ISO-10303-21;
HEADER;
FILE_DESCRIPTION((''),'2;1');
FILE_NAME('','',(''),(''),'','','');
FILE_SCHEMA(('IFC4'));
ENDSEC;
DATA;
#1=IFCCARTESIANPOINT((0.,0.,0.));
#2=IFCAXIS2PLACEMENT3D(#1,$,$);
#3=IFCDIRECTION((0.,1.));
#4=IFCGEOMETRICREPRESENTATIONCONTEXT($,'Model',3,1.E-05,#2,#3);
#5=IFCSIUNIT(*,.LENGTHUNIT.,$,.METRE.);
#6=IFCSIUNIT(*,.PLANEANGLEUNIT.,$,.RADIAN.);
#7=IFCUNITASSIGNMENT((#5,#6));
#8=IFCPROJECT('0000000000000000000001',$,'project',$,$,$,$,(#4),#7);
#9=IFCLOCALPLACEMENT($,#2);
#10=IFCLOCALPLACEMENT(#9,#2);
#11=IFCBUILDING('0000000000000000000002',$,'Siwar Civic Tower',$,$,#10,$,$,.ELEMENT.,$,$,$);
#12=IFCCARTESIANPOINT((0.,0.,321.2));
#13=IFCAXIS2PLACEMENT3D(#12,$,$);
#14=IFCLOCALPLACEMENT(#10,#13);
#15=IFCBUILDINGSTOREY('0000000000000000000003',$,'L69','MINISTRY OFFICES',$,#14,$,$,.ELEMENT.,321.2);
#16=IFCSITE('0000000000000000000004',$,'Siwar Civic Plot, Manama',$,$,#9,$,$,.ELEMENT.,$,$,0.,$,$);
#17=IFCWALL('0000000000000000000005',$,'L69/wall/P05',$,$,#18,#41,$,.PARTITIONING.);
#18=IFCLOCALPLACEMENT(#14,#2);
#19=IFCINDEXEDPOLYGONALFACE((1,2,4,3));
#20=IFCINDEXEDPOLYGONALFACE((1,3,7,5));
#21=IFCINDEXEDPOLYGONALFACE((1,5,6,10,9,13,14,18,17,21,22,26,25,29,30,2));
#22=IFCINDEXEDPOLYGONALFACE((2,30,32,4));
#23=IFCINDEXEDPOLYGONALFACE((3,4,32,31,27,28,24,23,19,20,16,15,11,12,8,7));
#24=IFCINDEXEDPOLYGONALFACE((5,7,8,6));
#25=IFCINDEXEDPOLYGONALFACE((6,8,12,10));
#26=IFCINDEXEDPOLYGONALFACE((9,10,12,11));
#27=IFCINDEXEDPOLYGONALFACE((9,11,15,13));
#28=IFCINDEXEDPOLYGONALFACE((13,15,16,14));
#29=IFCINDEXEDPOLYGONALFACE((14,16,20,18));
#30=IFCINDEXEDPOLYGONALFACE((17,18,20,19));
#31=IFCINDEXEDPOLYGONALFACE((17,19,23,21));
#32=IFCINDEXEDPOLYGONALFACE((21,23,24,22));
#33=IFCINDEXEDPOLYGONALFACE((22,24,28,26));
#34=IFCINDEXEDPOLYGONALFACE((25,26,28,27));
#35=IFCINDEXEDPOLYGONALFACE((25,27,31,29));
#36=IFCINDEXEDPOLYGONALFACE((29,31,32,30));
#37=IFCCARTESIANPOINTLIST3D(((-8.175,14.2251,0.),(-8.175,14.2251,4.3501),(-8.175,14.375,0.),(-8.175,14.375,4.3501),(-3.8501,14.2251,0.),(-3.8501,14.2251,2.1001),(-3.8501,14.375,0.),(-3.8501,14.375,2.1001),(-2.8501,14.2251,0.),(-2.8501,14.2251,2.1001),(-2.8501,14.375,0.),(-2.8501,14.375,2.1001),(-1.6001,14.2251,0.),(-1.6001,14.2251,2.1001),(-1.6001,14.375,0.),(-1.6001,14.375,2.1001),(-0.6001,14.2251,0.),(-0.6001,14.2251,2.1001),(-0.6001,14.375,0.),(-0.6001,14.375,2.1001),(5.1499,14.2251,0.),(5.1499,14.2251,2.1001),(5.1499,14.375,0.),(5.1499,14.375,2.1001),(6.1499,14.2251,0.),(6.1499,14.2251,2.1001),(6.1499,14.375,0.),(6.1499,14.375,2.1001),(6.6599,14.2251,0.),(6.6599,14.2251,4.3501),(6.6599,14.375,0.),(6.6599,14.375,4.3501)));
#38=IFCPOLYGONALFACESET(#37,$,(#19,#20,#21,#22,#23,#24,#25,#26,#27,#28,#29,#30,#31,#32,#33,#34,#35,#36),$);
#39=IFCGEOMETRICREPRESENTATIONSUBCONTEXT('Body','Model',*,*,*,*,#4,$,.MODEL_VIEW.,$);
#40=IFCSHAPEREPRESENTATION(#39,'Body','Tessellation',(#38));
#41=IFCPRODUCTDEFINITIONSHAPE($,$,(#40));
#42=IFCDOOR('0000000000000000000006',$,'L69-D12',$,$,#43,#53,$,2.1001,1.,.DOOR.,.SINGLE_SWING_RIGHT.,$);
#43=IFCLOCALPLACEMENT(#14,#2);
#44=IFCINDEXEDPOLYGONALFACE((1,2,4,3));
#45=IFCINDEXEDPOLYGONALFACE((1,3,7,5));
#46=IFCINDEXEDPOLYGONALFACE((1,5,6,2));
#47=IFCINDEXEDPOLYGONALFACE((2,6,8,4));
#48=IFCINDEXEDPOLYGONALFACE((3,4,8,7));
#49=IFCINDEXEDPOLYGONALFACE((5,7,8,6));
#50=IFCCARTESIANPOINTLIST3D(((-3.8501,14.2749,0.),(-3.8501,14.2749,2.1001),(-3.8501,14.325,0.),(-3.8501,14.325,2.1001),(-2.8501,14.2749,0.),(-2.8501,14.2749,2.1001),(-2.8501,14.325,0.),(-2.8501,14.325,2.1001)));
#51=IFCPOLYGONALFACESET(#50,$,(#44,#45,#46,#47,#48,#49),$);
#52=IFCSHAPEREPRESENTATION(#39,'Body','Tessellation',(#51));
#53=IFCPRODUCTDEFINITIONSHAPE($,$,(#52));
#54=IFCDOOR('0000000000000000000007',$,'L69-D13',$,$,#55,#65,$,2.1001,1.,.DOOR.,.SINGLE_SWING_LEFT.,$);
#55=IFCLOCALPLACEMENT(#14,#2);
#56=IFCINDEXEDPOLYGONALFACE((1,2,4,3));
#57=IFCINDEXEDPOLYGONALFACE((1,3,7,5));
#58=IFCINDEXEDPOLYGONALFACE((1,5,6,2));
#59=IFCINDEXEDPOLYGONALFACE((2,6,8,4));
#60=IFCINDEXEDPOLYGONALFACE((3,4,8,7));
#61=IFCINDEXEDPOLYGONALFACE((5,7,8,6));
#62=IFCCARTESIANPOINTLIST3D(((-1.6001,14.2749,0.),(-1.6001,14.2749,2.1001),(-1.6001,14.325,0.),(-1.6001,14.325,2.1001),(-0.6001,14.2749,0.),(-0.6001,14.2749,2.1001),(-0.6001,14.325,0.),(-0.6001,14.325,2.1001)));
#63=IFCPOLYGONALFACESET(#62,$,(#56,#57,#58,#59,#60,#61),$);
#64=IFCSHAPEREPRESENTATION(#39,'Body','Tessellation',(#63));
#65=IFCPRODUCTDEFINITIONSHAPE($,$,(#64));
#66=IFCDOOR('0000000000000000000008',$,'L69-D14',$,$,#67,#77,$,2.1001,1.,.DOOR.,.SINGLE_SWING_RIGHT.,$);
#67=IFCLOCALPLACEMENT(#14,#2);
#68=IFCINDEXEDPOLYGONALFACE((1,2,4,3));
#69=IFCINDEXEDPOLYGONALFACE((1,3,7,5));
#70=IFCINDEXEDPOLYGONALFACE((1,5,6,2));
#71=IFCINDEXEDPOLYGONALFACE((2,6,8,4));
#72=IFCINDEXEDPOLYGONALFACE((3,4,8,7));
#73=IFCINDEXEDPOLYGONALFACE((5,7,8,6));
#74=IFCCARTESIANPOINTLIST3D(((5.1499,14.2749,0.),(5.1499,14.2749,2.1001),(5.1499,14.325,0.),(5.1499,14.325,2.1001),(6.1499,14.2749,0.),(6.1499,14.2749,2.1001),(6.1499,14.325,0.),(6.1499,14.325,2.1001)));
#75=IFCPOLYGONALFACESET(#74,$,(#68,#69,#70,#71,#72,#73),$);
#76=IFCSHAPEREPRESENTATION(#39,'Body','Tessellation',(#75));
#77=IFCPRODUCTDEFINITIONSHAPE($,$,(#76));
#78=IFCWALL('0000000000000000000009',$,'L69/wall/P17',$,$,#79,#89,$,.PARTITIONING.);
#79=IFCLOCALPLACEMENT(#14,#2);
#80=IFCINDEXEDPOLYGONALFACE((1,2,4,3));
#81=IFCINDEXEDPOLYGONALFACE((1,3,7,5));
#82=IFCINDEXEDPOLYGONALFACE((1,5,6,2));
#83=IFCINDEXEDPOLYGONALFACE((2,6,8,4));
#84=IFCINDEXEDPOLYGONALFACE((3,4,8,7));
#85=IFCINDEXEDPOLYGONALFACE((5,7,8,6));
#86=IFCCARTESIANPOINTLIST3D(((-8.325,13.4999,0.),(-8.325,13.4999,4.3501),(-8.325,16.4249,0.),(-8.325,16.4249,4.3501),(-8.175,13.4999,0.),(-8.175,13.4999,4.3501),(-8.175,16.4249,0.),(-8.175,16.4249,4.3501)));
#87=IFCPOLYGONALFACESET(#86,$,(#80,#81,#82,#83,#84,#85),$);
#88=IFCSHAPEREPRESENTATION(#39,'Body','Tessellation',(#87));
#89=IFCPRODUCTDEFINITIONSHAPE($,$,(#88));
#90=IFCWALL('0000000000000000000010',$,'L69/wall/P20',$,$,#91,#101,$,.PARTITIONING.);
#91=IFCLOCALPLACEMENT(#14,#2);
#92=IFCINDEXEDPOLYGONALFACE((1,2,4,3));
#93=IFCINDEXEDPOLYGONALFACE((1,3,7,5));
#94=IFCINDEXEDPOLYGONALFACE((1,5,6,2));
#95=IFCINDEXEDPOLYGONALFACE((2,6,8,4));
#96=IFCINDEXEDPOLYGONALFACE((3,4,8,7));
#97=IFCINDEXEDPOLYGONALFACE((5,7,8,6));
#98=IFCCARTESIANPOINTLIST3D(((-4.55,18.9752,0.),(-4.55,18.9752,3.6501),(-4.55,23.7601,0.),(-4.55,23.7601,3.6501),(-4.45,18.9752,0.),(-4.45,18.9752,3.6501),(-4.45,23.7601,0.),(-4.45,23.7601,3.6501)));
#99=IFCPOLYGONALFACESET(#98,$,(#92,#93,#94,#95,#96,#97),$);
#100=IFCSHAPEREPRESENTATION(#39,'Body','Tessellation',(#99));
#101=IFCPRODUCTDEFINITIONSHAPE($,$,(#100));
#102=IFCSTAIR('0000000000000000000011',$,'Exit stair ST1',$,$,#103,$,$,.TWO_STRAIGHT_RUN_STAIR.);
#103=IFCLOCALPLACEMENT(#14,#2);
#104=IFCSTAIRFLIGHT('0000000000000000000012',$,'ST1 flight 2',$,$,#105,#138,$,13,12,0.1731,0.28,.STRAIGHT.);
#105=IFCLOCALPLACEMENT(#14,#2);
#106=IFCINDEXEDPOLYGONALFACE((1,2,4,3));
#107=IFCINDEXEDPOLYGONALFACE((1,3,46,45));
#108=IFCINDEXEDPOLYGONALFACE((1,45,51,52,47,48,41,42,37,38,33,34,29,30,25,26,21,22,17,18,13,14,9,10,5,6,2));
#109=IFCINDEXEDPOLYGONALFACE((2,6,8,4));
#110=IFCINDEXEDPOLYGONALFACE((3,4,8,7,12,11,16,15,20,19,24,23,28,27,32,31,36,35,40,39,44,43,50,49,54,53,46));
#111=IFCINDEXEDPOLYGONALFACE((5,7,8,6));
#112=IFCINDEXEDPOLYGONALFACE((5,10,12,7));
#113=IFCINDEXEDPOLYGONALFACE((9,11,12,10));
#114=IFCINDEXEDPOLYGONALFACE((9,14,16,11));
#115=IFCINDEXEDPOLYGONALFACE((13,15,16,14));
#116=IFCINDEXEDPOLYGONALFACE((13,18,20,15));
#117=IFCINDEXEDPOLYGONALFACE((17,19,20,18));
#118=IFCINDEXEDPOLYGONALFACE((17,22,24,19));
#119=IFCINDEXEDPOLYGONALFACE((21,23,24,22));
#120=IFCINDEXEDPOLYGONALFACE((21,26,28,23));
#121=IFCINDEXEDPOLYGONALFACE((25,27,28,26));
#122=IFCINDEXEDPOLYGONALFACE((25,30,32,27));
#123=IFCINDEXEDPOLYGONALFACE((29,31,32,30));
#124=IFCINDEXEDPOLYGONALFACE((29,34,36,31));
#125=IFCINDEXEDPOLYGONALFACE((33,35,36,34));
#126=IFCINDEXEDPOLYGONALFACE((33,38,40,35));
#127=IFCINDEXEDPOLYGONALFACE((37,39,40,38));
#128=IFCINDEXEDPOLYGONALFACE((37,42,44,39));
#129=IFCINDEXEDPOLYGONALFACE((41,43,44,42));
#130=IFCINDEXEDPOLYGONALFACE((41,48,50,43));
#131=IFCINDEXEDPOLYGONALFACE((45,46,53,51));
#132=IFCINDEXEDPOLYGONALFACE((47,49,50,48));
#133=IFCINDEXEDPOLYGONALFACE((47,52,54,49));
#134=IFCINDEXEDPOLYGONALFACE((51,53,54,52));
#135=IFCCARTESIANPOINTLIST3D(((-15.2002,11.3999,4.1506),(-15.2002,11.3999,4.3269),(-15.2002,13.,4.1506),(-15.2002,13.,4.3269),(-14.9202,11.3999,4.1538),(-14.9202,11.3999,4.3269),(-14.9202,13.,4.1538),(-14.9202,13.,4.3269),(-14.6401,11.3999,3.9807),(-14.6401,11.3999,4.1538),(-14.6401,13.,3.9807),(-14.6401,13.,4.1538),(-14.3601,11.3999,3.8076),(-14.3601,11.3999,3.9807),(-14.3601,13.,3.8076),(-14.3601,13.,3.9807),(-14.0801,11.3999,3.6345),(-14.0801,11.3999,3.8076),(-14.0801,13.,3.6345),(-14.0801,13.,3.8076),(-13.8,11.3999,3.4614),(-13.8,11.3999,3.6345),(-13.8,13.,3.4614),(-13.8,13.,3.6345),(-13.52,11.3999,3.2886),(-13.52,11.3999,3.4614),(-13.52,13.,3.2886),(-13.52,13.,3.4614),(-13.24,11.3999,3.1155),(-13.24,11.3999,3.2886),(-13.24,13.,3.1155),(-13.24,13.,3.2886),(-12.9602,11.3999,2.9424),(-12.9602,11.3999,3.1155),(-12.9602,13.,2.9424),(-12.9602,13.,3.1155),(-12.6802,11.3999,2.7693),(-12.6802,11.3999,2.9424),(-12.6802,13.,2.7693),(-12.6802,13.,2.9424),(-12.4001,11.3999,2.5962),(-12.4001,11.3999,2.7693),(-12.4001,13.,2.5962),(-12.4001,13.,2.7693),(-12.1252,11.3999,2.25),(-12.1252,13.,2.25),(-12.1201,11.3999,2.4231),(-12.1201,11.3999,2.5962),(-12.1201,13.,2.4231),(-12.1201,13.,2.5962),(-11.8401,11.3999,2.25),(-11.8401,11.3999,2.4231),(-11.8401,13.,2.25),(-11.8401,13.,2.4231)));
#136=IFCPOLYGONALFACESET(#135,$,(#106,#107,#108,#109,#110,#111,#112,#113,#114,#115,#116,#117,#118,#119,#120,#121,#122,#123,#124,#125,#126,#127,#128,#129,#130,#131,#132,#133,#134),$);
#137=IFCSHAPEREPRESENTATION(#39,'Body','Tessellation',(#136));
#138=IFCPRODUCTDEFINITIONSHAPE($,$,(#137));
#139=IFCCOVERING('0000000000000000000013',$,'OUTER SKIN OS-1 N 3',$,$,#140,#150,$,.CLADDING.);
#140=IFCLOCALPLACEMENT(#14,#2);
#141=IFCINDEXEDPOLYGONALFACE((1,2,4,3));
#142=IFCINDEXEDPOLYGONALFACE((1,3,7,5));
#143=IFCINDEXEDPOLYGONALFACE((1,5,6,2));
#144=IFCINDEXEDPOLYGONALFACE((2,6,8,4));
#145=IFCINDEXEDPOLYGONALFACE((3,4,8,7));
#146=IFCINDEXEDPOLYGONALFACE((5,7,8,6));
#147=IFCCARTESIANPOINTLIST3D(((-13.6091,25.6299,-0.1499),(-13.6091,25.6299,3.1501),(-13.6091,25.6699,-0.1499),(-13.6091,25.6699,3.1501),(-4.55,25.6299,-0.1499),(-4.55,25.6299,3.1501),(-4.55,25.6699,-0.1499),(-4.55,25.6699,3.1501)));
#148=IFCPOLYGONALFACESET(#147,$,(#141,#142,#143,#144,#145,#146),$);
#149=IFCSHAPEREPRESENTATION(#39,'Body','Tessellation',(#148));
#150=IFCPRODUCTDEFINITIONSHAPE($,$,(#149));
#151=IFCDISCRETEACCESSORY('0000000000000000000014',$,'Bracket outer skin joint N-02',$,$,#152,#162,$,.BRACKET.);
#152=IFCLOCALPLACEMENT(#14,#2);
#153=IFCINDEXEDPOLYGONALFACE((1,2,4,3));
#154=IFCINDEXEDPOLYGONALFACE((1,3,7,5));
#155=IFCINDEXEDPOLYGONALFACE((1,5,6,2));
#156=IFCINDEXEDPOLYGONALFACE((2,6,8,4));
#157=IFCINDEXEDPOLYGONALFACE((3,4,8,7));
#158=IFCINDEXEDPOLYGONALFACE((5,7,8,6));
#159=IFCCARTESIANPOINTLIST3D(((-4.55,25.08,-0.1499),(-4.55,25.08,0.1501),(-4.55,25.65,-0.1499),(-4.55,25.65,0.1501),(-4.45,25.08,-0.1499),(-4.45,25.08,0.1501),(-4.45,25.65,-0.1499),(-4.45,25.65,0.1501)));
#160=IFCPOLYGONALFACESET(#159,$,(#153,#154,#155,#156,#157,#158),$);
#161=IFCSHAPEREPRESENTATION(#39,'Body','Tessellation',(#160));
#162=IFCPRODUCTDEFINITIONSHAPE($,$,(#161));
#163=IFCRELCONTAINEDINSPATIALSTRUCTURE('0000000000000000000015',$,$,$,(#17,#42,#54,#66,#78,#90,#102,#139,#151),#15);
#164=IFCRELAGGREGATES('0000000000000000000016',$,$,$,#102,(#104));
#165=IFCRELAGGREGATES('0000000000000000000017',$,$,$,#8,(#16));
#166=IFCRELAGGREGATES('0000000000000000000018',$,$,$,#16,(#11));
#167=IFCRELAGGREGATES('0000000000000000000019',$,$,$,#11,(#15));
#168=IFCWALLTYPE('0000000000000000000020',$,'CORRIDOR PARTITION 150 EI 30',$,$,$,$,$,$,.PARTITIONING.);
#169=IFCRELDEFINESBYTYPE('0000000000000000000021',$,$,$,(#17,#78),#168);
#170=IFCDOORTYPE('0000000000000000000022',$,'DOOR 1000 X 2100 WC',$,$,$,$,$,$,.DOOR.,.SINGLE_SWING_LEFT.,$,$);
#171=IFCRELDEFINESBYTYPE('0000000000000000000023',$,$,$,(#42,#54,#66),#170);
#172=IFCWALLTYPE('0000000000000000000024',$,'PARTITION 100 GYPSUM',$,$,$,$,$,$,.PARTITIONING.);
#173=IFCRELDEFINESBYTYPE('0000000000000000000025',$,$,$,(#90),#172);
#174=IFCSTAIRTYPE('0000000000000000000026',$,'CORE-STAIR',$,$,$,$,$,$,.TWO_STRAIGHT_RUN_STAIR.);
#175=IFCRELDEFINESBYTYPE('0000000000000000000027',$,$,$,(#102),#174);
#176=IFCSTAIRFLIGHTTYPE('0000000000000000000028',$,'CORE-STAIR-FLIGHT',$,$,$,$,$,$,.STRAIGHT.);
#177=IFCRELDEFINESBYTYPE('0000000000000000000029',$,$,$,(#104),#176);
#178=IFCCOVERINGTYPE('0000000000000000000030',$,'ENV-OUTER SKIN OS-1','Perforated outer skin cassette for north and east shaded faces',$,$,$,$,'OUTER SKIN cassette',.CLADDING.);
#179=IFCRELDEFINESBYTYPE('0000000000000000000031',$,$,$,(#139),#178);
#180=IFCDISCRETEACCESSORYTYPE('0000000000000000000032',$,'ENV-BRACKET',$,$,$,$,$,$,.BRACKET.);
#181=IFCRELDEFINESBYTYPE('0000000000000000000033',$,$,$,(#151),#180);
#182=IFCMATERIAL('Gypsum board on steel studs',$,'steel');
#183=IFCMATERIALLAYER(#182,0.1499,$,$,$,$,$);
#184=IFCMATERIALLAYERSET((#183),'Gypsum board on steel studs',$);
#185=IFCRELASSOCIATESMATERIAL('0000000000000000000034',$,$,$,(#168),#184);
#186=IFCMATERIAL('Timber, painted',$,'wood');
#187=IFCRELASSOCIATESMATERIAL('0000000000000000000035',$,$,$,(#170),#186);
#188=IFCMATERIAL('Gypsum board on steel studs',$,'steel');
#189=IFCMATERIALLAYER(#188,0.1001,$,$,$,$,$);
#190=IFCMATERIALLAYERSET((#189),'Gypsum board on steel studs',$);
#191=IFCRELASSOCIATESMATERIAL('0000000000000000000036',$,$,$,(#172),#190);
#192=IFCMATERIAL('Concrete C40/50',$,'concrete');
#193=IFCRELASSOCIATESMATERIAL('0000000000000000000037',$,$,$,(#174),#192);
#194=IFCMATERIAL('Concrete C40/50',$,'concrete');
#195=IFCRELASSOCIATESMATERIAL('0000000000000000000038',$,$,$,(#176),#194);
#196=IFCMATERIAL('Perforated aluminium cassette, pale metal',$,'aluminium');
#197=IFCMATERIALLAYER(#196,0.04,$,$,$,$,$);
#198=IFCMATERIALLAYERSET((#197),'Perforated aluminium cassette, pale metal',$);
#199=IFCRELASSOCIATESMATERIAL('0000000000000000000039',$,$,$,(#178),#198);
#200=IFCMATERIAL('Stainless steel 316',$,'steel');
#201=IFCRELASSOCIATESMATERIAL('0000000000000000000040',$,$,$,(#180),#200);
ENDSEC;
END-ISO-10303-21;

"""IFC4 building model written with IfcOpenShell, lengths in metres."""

from ifc_helpers import new_model, si_unit, direction, frame, frame_2d, origin, origin_2d, place, context, subcontext, project, spatial, polyline, rectangle, outline, extrude, material, layer, layer_set, type_object, element, fill, aggregate, save


model = new_model("IFC4")

# Units and contexts
model_context = context("Model", 3, precision=1e-05, world=origin(), true_north=direction((0.0, 1.0)))
body_context = subcontext(model_context, "Body", "Model", "MODEL_VIEW")
ifc_project = project(units=[si_unit("LENGTHUNIT", "METRE"), si_unit("PLANEANGLEUNIT", "RADIAN")], contexts=[model_context])

# Site, building, storey
site_placement = place(None, origin())
site = spatial("IfcSite", under=ifc_project, at=site_placement, Name="Siwar Civic Plot, Manama", CompositionType="ELEMENT", RefElevation=0.0)
building_placement = place(site_placement, origin())
building = spatial("IfcBuilding", under=site, at=building_placement, Name="Siwar Civic Tower", CompositionType="ELEMENT")
storey_placement = place(building_placement, frame((0.0, 0.0, 321.2)))
storey = spatial("IfcBuildingStorey", under=building, at=storey_placement, Name="L69", Description="MINISTRY OFFICES", CompositionType="ELEMENT", Elevation=321.2)

# Wall, openings, doors
ifc_material_1 = material(Name="Gypsum board on steel studs", Category="steel")
ifc_layer_1 = layer(ifc_material_1, 0.1499)
ifc_layer_set_1 = layer_set([ifc_layer_1], Name="Gypsum board on steel studs")
wall_type_1 = type_object("IfcWallType", Name="CORRIDOR PARTITION 150 EI 30", PredefinedType="PARTITIONING", material=ifc_layer_set_1)
wall_1_placement = place(storey_placement, frame((-8.175, 14.3, 0.0), z_axis=(0.0, 0.0, 1.0), x_axis=(1.0, 0.0, 0.0)))
wall_1 = element("IfcWall", 1, at=wall_1_placement, inside=storey, type_object=wall_type_1, Name="L69/wall/P05", PredefinedType="PARTITIONING", context=body_context, shape_type="SweptSolid", body=[
    extrude(rectangle(XDim=14.835, YDim=0.1499, at=frame_2d((7.4175, 0.0))), origin(), (0.0, 0.0, 1.0), 4.3501),
])
opening_1_placement = place(wall_1_placement, frame((4.325, 0.0, 0.0)))
opening_1 = element("IfcOpeningElement", 2, at=opening_1_placement, cuts=wall_1, PredefinedType="OPENING", context=body_context, shape_type="SweptSolid", body=[
    extrude(rectangle(XDim=1.0, YDim=2.1001, at=frame_2d((0.5, 1.05))), frame((0.0, 0.085, 0.0), z_axis=(0.0, -1.0, 0.0), x_axis=(1.0, 0.0, 0.0)), (0.0, 0.0, 1.0), 0.1699),
])
opening_2_placement = place(wall_1_placement, frame((6.575, 0.0, 0.0)))
opening_2 = element("IfcOpeningElement", 3, at=opening_2_placement, cuts=wall_1, PredefinedType="OPENING", context=body_context, shape_type="SweptSolid", body=[
    extrude(rectangle(XDim=1.0, YDim=2.1001, at=frame_2d((0.5, 1.05))), frame((0.0, 0.085, 0.0), z_axis=(0.0, -1.0, 0.0), x_axis=(1.0, 0.0, 0.0)), (0.0, 0.0, 1.0), 0.1699),
])
opening_3_placement = place(wall_1_placement, frame((13.325, 0.0, 0.0)))
opening_3 = element("IfcOpeningElement", 4, at=opening_3_placement, cuts=wall_1, PredefinedType="OPENING", context=body_context, shape_type="SweptSolid", body=[
    extrude(rectangle(XDim=1.0, YDim=2.1001, at=frame_2d((0.5, 1.05))), frame((0.0, 0.085, 0.0), z_axis=(0.0, -1.0, 0.0), x_axis=(1.0, 0.0, 0.0)), (0.0, 0.0, 1.0), 0.1699),
])
ifc_material_2 = material(Name="Timber, painted", Category="wood")
door_type = type_object("IfcDoorType", Name="DOOR 1000 X 2100 WC", OperationType="SINGLE_SWING_LEFT", PredefinedType="DOOR", material=ifc_material_2)
door_1_placement = place(opening_1_placement, origin())
door_1 = element("IfcDoor", 5, at=door_1_placement, inside=storey, type_object=door_type, Name="L69-D12", OperationType="SINGLE_SWING_RIGHT", OverallHeight=2.1001, OverallWidth=1.0, PredefinedType="DOOR", context=body_context, shape_type="SweptSolid", body=[
    extrude(rectangle(XDim=1.0, YDim=2.1001, at=frame_2d((0.5, 1.05))), frame((0.0, 0.0249, 0.0), z_axis=(0.0, -1.0, 0.0), x_axis=(1.0, 0.0, 0.0)), (0.0, 0.0, 1.0), 0.05),
])
fill(opening_1, door_1)
door_2_placement = place(opening_2_placement, origin())
door_2 = element("IfcDoor", 6, at=door_2_placement, inside=storey, type_object=door_type, Name="L69-D13", OperationType="SINGLE_SWING_LEFT", OverallHeight=2.1001, OverallWidth=1.0, PredefinedType="DOOR", context=body_context, shape_type="SweptSolid", body=[
    extrude(rectangle(XDim=1.0, YDim=2.1001, at=frame_2d((0.5, 1.05))), frame((0.0, 0.0249, 0.0), z_axis=(0.0, -1.0, 0.0), x_axis=(1.0, 0.0, 0.0)), (0.0, 0.0, 1.0), 0.05),
])
fill(opening_2, door_2)
door_3_placement = place(opening_3_placement, origin())
door_3 = element("IfcDoor", 7, at=door_3_placement, inside=storey, type_object=door_type, Name="L69-D14", OperationType="SINGLE_SWING_RIGHT", OverallHeight=2.1001, OverallWidth=1.0, PredefinedType="DOOR", context=body_context, shape_type="SweptSolid", body=[
    extrude(rectangle(XDim=1.0, YDim=2.1001, at=frame_2d((0.5, 1.05))), frame((0.0, 0.0249, 0.0), z_axis=(0.0, -1.0, 0.0), x_axis=(1.0, 0.0, 0.0)), (0.0, 0.0, 1.0), 0.05),
])
fill(opening_3, door_3)

# Walls
wall_2_placement = place(storey_placement, frame((-8.25, 13.5, 0.0), z_axis=(0.0, 0.0, 1.0), x_axis=(0.0, 1.0, 0.0)))
element("IfcWall", 8, at=wall_2_placement, inside=storey, type_object=wall_type_1, Name="L69/wall/P17", PredefinedType="PARTITIONING", context=body_context, shape_type="SweptSolid", body=[
    extrude(rectangle(XDim=2.925, YDim=0.1499, at=frame_2d((1.4624, 0.0))), origin(), (0.0, 0.0, 1.0), 4.3501),
])
ifc_material_3 = material(Name="Gypsum board on steel studs", Category="steel")
ifc_layer_2 = layer(ifc_material_3, 0.1001)
ifc_layer_set_2 = layer_set([ifc_layer_2], Name="Gypsum board on steel studs")
wall_type_2 = type_object("IfcWallType", Name="PARTITION 100 GYPSUM", PredefinedType="PARTITIONING", material=ifc_layer_set_2)
wall_3_placement = place(storey_placement, frame((-4.5, 18.9751, 0.0), z_axis=(0.0, 0.0, 1.0), x_axis=(0.0, 1.0, 0.0)))
element("IfcWall", 9, at=wall_3_placement, inside=storey, type_object=wall_type_2, Name="L69/wall/P20", PredefinedType="PARTITIONING", context=body_context, shape_type="SweptSolid", body=[
    extrude(rectangle(XDim=4.7849, YDim=0.1001, at=frame_2d((2.3926, 0.0))), origin(), (0.0, 0.0, 1.0), 3.6501),
])

# Stair, stair flight
ifc_material_4 = material(Name="Concrete C40/50", Category="concrete")
stair_type = type_object("IfcStairType", Name="CORE-STAIR", PredefinedType="TWO_STRAIGHT_RUN_STAIR", material=ifc_material_4)
stair_placement = place(storey_placement, origin())
stair = element("IfcStair", 10, at=stair_placement, inside=storey, type_object=stair_type, Name="Exit stair ST1", PredefinedType="TWO_STRAIGHT_RUN_STAIR")
ifc_material_5 = material(Name="Concrete C40/50", Category="concrete")
stair_flight_type = type_object("IfcStairFlightType", Name="CORE-STAIR-FLIGHT", PredefinedType="STRAIGHT", material=ifc_material_5)
stair_flight_placement = place(storey_placement, frame((-11.8401, 12.2, 2.25), z_axis=(0.0, 0.0, 1.0), x_axis=(-1.0, 0.0, 0.0)))
stair_flight = element("IfcStairFlight", 11, at=stair_flight_placement, type_object=stair_flight_type, Name="ST1 flight 2", NumberOfRisers=13, NumberOfTreads=12, PredefinedType="STRAIGHT", RiserHeight=0.1731, TreadLength=0.28, context=body_context, shape_type="SweptSolid", body=[
    extrude(outline(polyline([(0.0, 0.0), (0.0, 0.1731), (0.28, 0.1731), (0.28, 0.3462), (0.5601, 0.3462), (0.5601, 0.5193), (0.8401, 0.5193), (0.8401, 0.6924), (1.1201, 0.6924), (1.1201, 0.8655), (1.3999, 0.8655), (1.3999, 1.0386), (1.6799, 1.0386), (1.6799, 1.2114), (1.96, 1.2114), (1.96, 1.3845), (2.24, 1.3845), (2.24, 1.5576), (2.52, 1.5576), (2.52, 1.7307), (2.8, 1.7307), (2.8, 1.9038), (3.0801, 1.9038), (3.0801, 2.0769), (3.3601, 2.0769), (3.3601, 2.25), (3.3601, 1.9006), (0.2852, 0.0), (0.0, 0.0)])), frame((0.0, 0.8, 0.0), z_axis=(0.0, -1.0, 0.0), x_axis=(1.0, 0.0, 0.0)), (0.0, 0.0, 1.0), 1.6001),
])
aggregate(stair, [stair_flight])

# Covering
ifc_material_6 = material(Name="Perforated aluminium cassette, pale metal", Category="aluminium")
ifc_layer_3 = layer(ifc_material_6, 0.04)
ifc_layer_set_3 = layer_set([ifc_layer_3], Name="Perforated aluminium cassette, pale metal")
covering_type = type_object("IfcCoveringType", Name="ENV-OUTER SKIN OS-1", Description="Perforated outer skin cassette for north and east shaded faces", ElementType="OUTER SKIN cassette", PredefinedType="CLADDING", material=ifc_layer_set_3)
covering_placement = place(storey_placement, frame((-9.0796, 25.6499, -0.1499), z_axis=(0.0, 0.0, 1.0), x_axis=(-1.0, 0.0, 0.0)))
element("IfcCovering", 12, at=covering_placement, inside=storey, type_object=covering_type, Name="OUTER SKIN OS-1 N 3", PredefinedType="CLADDING", context=body_context, shape_type="SweptSolid", body=[
    extrude(rectangle(XDim=9.0591, YDim=0.04, at=origin_2d()), origin(), (0.0, 0.0, 1.0), 3.3),
])

# Discrete accessory
ifc_material_7 = material(Name="Stainless steel 316", Category="steel")
discrete_accessory_type = type_object("IfcDiscreteAccessoryType", Name="ENV-BRACKET", PredefinedType="BRACKET", material=ifc_material_7)
discrete_accessory_placement = place(storey_placement, frame((-4.5, 25.365, -0.1499), z_axis=(0.0, 0.0, 1.0), x_axis=(0.0, 1.0, 0.0)))
element("IfcDiscreteAccessory", 13, at=discrete_accessory_placement, inside=storey, type_object=discrete_accessory_type, Name="Bracket outer skin joint N-02", PredefinedType="BRACKET", context=body_context, shape_type="SweptSolid", body=[
    extrude(rectangle(XDim=0.5701, YDim=0.1001, at=origin_2d()), origin(), (0.0, 0.0, 1.0), 0.3),
])

save(model, "model.ifc")
